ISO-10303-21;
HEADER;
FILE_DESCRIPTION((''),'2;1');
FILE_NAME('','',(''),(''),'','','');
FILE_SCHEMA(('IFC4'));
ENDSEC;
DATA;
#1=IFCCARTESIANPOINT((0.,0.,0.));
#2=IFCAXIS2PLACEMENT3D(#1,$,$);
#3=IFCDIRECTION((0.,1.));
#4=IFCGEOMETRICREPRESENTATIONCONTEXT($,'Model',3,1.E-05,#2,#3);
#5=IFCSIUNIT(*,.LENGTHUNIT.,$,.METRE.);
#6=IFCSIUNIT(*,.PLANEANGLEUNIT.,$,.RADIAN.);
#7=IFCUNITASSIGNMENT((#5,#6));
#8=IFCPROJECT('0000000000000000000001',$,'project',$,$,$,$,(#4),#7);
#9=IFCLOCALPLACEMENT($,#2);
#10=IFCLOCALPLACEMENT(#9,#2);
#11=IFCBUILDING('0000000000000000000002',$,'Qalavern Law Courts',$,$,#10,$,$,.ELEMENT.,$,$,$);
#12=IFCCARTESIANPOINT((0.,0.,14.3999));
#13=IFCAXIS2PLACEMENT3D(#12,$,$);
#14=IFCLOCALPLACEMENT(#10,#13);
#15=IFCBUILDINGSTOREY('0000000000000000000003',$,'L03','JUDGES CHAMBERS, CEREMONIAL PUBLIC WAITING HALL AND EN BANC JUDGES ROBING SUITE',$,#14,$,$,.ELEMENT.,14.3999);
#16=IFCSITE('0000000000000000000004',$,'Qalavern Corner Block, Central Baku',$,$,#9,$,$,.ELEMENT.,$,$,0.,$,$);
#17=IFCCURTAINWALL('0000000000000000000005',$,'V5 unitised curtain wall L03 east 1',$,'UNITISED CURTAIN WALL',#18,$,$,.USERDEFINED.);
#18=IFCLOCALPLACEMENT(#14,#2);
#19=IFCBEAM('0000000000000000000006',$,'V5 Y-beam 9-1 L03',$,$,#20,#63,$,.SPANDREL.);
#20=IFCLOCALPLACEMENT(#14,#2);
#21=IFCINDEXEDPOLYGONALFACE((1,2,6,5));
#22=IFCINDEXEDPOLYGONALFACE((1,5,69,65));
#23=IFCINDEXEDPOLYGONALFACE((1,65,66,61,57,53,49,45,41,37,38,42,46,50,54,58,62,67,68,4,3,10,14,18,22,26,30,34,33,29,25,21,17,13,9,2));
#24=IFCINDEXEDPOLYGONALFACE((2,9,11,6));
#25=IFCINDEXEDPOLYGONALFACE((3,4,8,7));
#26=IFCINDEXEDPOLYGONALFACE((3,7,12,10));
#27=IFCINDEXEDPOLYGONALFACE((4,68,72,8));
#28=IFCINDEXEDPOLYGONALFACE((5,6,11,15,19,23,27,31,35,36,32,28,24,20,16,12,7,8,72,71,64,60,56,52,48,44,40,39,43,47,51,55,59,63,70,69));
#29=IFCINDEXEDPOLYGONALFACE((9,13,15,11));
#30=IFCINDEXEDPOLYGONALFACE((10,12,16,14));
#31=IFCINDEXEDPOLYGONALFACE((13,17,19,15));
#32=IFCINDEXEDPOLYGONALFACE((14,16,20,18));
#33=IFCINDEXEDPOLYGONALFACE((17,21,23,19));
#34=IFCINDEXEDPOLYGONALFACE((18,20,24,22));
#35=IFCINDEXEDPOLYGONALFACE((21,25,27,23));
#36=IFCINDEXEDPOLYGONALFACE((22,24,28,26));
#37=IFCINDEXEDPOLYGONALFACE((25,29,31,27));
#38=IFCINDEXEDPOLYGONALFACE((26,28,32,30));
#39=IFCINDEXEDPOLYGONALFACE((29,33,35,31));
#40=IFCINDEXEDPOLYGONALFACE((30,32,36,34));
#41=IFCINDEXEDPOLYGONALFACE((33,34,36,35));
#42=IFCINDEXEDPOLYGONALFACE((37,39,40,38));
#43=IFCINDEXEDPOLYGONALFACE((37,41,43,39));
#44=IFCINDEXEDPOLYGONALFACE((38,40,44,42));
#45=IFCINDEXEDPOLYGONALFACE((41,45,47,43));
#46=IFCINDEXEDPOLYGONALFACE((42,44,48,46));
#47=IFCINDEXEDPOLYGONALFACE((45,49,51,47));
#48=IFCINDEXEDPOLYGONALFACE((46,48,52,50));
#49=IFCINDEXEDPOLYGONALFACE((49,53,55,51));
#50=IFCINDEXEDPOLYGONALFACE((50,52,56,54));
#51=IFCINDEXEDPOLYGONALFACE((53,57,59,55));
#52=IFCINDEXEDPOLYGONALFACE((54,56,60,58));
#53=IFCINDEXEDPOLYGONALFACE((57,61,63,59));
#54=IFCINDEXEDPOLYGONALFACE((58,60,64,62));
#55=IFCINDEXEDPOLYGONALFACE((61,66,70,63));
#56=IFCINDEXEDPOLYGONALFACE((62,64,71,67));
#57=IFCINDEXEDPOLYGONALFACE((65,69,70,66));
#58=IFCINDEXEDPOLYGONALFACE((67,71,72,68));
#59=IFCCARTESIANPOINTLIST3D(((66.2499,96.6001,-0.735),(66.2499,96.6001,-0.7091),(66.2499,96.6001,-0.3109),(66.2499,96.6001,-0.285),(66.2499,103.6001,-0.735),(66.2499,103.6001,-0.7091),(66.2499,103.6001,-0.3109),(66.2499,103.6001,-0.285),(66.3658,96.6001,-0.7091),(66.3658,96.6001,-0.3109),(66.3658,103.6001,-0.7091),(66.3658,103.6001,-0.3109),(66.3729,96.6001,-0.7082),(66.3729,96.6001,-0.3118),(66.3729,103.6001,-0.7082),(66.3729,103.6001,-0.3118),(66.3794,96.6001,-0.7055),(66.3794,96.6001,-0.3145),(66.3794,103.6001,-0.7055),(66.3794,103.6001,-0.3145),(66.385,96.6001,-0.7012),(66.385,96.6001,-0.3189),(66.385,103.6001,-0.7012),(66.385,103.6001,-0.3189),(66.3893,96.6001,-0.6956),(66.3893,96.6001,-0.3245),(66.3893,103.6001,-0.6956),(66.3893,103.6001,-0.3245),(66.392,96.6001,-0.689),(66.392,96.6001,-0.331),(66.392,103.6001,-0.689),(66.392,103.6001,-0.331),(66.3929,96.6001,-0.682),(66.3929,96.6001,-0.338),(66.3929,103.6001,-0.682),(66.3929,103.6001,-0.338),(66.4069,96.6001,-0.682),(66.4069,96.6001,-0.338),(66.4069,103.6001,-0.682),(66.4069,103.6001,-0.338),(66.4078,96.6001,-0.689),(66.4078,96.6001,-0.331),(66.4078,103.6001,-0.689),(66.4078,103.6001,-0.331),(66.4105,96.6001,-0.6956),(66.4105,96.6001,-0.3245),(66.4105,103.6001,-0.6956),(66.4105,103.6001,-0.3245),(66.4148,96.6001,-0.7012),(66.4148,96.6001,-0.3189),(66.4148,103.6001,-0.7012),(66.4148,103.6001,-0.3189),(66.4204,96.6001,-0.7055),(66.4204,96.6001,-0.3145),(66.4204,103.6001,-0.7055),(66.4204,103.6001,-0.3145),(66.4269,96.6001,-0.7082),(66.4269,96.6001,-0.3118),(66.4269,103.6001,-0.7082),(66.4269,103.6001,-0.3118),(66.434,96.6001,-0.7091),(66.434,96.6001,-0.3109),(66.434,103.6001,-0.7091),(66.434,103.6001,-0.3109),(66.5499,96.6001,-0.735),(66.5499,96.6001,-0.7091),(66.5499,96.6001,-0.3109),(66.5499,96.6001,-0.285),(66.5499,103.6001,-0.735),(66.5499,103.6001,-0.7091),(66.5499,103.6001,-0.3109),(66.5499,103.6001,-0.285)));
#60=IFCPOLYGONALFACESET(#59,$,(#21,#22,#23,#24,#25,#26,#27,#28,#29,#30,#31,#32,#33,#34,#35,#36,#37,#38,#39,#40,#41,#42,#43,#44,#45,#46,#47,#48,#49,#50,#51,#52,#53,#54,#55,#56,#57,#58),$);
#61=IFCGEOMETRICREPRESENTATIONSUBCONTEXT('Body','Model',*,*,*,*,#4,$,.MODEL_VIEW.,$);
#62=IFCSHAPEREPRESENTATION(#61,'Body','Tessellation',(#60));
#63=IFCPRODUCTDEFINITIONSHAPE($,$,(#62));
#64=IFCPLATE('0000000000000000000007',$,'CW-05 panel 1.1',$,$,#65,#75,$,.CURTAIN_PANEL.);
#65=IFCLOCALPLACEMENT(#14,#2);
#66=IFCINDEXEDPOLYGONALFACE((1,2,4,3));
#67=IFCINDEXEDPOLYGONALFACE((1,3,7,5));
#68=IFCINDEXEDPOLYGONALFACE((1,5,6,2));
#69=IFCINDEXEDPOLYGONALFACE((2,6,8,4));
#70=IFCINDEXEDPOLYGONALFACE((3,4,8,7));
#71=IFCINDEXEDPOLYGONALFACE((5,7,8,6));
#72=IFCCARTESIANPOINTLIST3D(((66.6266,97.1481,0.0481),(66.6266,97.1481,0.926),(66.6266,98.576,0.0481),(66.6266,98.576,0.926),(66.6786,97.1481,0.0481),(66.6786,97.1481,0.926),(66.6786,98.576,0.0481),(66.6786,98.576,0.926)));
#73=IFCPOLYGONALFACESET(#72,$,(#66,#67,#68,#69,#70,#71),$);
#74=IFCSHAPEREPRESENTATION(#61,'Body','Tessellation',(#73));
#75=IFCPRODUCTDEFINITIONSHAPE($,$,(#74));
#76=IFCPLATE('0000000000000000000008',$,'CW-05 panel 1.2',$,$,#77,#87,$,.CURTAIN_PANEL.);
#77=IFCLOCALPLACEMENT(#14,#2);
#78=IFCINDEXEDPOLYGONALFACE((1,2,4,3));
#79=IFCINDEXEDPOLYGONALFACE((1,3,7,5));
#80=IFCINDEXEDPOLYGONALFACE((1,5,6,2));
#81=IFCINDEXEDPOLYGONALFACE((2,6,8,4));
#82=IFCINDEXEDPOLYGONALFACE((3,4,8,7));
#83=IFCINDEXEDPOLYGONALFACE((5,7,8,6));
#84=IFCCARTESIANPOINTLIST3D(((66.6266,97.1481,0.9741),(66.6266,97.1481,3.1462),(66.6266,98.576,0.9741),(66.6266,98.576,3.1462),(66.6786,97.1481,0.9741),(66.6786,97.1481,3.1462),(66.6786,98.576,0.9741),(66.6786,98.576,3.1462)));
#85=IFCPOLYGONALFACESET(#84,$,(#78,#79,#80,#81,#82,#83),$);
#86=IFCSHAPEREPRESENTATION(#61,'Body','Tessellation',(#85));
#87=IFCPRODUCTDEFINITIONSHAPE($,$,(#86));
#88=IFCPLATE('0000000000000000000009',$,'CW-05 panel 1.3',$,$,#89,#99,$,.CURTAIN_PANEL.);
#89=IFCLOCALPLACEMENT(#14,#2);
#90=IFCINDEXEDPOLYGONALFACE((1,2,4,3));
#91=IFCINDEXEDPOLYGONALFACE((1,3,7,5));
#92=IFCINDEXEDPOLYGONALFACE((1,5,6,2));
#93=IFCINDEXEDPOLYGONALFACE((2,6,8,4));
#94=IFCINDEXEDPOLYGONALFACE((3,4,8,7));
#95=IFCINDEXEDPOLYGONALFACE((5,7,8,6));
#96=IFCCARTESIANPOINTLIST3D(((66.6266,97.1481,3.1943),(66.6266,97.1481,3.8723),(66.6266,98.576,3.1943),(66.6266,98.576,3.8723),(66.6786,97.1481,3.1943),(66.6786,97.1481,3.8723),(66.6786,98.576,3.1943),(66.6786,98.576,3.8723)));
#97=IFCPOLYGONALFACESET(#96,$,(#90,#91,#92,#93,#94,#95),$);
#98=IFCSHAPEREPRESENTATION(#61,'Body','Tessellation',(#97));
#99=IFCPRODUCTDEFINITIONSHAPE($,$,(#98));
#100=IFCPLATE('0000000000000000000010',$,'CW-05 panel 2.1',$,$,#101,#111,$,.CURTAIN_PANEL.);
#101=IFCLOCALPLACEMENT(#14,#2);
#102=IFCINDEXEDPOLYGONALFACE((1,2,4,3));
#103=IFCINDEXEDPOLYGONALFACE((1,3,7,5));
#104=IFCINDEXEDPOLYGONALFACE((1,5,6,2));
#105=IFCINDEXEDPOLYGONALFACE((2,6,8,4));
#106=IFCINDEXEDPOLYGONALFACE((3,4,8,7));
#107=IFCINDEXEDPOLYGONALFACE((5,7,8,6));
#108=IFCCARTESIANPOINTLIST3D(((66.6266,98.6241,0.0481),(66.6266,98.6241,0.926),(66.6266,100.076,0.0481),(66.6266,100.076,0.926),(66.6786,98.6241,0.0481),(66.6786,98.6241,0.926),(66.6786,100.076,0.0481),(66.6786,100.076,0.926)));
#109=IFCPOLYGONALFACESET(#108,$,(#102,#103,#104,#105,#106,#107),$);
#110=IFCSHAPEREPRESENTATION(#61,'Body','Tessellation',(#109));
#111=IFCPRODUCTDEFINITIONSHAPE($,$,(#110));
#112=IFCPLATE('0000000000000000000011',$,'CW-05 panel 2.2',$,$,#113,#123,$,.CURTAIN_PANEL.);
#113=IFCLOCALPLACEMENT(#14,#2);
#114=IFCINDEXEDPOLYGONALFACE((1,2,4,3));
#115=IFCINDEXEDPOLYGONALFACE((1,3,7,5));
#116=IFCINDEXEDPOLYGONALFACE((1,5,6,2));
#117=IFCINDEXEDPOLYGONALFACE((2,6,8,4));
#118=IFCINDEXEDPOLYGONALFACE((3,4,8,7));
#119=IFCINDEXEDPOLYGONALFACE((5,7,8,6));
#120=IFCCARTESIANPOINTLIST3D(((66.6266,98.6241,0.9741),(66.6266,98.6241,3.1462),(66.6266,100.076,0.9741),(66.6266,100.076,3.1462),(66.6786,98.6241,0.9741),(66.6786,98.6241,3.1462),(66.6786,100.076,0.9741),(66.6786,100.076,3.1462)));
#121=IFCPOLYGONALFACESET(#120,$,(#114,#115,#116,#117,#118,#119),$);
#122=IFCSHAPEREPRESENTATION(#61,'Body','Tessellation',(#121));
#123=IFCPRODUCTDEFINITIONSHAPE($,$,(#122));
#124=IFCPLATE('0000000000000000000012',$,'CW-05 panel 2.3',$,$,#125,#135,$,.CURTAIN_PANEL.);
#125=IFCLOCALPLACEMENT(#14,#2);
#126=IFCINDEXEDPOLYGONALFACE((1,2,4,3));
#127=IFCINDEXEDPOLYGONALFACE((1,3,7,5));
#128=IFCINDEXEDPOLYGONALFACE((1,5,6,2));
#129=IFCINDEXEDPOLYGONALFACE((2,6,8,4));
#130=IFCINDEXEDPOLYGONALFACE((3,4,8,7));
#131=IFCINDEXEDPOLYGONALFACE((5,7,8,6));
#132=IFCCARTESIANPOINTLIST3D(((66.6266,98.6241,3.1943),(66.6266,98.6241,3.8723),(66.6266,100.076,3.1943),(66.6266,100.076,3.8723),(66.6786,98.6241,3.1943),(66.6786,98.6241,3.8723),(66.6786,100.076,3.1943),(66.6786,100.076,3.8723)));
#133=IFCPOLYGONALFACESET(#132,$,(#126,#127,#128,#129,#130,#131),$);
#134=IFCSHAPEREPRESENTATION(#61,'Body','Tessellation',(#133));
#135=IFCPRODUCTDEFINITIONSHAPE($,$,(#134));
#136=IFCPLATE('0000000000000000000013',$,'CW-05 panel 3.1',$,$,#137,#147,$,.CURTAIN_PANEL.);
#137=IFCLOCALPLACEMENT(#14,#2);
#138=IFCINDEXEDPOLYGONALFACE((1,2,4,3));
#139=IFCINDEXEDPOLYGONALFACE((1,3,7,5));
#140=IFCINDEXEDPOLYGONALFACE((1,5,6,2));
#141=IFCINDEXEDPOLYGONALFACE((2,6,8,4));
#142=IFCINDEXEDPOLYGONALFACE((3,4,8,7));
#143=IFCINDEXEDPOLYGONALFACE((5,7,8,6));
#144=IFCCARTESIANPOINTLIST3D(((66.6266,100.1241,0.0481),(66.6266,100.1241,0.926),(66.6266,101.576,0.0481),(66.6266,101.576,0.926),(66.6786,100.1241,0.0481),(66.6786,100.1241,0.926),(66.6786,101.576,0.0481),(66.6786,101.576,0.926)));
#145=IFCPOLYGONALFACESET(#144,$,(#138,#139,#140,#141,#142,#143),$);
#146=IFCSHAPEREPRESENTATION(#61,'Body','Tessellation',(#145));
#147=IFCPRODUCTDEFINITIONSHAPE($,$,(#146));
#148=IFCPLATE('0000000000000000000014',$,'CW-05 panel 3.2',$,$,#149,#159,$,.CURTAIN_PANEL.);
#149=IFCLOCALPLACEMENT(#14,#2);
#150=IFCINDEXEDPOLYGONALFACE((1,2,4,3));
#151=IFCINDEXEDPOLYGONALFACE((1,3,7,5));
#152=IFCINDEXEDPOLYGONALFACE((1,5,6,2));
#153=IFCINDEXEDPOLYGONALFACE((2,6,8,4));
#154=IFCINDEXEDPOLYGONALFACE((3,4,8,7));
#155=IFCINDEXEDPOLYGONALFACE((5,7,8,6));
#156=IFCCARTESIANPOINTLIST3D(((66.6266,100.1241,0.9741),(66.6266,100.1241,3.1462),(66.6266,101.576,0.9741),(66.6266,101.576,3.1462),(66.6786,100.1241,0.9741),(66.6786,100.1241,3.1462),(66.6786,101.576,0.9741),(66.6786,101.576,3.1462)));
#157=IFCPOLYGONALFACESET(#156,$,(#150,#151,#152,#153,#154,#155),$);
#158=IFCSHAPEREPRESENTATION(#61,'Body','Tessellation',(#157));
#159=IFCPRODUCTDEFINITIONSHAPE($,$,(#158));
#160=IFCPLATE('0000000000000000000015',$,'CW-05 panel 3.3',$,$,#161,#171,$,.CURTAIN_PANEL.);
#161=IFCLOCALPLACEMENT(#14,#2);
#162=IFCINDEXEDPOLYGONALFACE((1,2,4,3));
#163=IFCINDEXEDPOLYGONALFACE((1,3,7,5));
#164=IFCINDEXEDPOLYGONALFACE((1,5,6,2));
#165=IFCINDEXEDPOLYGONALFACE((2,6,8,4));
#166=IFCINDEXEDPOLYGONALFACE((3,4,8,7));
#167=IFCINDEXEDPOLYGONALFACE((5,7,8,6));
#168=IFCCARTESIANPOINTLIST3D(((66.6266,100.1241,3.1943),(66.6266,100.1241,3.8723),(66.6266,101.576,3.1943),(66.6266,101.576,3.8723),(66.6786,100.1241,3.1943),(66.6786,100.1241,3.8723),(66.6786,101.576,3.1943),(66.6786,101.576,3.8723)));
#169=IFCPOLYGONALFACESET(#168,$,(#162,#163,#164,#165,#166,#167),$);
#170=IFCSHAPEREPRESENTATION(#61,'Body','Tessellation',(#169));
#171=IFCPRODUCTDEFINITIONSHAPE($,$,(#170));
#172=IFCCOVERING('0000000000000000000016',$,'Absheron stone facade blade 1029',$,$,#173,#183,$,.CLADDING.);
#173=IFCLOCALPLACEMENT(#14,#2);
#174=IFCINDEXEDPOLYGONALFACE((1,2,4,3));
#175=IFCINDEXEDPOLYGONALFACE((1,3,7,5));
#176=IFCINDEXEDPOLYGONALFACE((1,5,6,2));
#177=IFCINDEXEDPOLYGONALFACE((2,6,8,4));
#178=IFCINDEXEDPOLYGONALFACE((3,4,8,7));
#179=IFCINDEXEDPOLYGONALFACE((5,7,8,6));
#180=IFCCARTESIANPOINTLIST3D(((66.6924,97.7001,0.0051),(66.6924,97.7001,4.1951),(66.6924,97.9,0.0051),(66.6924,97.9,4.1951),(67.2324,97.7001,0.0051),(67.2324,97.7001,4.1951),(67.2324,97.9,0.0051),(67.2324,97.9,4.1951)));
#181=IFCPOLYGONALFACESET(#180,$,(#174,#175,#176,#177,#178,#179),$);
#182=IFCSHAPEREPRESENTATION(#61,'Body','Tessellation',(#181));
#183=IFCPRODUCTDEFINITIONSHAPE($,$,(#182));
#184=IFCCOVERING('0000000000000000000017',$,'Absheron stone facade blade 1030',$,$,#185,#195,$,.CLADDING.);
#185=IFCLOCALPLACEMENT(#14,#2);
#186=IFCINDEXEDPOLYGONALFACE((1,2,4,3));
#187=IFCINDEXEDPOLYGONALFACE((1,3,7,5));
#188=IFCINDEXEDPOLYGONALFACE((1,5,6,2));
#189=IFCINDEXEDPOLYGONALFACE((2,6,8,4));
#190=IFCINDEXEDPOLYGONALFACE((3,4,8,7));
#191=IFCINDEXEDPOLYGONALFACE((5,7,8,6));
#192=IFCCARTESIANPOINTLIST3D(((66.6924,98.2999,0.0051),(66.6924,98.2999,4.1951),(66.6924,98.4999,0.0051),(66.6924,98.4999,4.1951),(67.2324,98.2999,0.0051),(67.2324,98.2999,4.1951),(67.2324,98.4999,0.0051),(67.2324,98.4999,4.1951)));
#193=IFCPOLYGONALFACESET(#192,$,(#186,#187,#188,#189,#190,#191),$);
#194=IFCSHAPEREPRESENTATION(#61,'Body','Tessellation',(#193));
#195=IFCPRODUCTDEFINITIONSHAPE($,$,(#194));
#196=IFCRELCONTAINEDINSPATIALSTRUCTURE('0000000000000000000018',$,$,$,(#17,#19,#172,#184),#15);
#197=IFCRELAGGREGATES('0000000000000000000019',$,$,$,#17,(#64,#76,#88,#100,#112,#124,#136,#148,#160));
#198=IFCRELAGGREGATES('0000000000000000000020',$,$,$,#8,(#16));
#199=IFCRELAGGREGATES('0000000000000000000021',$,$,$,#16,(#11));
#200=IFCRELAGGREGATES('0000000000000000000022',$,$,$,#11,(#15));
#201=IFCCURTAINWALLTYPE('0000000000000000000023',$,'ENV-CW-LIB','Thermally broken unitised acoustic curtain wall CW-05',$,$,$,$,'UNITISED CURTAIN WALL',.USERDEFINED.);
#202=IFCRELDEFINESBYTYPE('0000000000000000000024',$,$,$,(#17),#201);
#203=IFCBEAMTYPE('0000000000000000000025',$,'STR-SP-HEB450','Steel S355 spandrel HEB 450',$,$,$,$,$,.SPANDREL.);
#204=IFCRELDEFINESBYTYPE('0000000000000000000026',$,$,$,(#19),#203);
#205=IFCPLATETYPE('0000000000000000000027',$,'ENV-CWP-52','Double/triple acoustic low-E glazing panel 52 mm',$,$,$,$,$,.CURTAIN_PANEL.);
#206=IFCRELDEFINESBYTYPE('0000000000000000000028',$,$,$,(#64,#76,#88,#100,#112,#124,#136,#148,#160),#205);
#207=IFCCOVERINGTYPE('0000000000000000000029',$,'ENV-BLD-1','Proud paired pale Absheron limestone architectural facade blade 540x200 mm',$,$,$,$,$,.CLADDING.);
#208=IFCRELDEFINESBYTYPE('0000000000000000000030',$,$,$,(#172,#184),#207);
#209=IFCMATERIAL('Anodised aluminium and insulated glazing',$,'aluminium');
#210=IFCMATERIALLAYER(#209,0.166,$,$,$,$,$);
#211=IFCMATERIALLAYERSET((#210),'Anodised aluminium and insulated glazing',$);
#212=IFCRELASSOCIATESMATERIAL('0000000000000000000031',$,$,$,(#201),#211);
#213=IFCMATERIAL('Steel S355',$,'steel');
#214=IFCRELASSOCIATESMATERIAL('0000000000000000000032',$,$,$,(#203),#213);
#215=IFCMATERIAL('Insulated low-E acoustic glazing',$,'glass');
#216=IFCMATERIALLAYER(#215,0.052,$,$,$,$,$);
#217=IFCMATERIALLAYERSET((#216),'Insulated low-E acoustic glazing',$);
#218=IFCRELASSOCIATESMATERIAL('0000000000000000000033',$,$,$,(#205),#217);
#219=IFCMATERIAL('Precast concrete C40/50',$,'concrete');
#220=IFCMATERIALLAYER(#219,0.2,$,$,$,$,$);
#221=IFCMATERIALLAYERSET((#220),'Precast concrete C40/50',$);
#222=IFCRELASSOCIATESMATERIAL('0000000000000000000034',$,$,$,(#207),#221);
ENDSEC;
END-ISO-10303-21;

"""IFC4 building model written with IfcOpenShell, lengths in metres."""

from ifc_helpers import new_model, si_unit, direction, frame, origin, origin_2d, place, context, subcontext, project, spatial, rectangle, i_section, extrude, material, layer, layer_set, material_profile, profile_set, type_object, element, aggregate, save


model = new_model("IFC4")

# Units and contexts
model_context = context("Model", 3, precision=1e-05, world=origin(), true_north=direction((0.0, 1.0)))
body_context = subcontext(model_context, "Body", "Model", "MODEL_VIEW")
ifc_project = project(units=[si_unit("LENGTHUNIT", "METRE"), si_unit("PLANEANGLEUNIT", "RADIAN")], contexts=[model_context])

# Site, building, storey
site_placement = place(None, origin())
site = spatial("IfcSite", under=ifc_project, at=site_placement, Name="Qalavern Corner Block, Central Baku", CompositionType="ELEMENT", RefElevation=0.0)
building_placement = place(site_placement, origin())
building = spatial("IfcBuilding", under=site, at=building_placement, Name="Qalavern Law Courts", CompositionType="ELEMENT")
storey_placement = place(building_placement, frame((0.0, 0.0, 14.3999)))
storey = spatial("IfcBuildingStorey", under=building, at=storey_placement, Name="L03", Description="JUDGES CHAMBERS, CEREMONIAL PUBLIC WAITING HALL AND EN BANC JUDGES ROBING SUITE", CompositionType="ELEMENT", Elevation=14.3999)

# Curtain wall
ifc_material_1 = material(Name="Anodised aluminium and insulated glazing", Category="aluminium")
ifc_layer_1 = layer(ifc_material_1, 0.166)
ifc_layer_set_1 = layer_set([ifc_layer_1], Name="Anodised aluminium and insulated glazing")
curtain_wall_type = type_object("IfcCurtainWallType", Name="ENV-CW-LIB", Description="Thermally broken unitised acoustic curtain wall CW-05", ElementType="UNITISED CURTAIN WALL", PredefinedType="USERDEFINED", material=ifc_layer_set_1)
curtain_wall_placement = place(storey_placement, origin())
curtain_wall = element("IfcCurtainWall", 1, at=curtain_wall_placement, inside=storey, type_object=curtain_wall_type, Name="V5 unitised curtain wall L03 east 1", ObjectType="UNITISED CURTAIN WALL", PredefinedType="USERDEFINED")

# Beam
ifc_material_2 = material(Name="Steel S355", Category="steel")
ifc_material_profile_1 = material_profile(ifc_material_2, i_section(OverallWidth=0.3, OverallDepth=0.45, WebThickness=0.0139, FlangeThickness=0.0259, FilletRadius=0.0271, at=origin_2d()), Name="HEB 450")
ifc_profile_set_1 = profile_set([ifc_material_profile_1], Name="Steel S355")
beam_type = type_object("IfcBeamType", Name="STR-SP-HEB450", Description="Steel S355 spandrel HEB 450", PredefinedType="SPANDREL", material=ifc_profile_set_1)
beam_placement = place(storey_placement, frame((66.3999, 96.6001, -0.51), z_axis=(0.0, 1.0, 0.0), x_axis=(-1.0, 0.0, 0.0)))
element("IfcBeam", 2, at=beam_placement, inside=storey, type_object=beam_type, Name="V5 Y-beam 9-1 L03", PredefinedType="SPANDREL", context=body_context, shape_type="SweptSolid", body=[
    extrude(i_section(OverallWidth=0.3, OverallDepth=0.45, WebThickness=0.0139, FlangeThickness=0.0259, FilletRadius=0.0271, at=origin_2d()), origin(), (0.0, 0.0, 1.0), 7.0),
])

# Plates
ifc_material_3 = material(Name="Insulated low-E acoustic glazing", Category="glass")
ifc_layer_2 = layer(ifc_material_3, 0.052)
ifc_layer_set_2 = layer_set([ifc_layer_2], Name="Insulated low-E acoustic glazing")
plate_type = type_object("IfcPlateType", Name="ENV-CWP-52", Description="Double/triple acoustic low-E glazing panel 52 mm", PredefinedType="CURTAIN_PANEL", material=ifc_layer_set_2)
plate_1_placement = place(storey_placement, frame((66.6526, 97.8621, 0.0481), z_axis=(0.0, 0.0, 1.0), x_axis=(0.0, 1.0, 0.0)))
plate_1 = element("IfcPlate", 3, at=plate_1_placement, type_object=plate_type, Name="CW-05 panel 1.1", PredefinedType="CURTAIN_PANEL", context=body_context, shape_type="SweptSolid", body=[
    extrude(rectangle(XDim=1.428, YDim=0.052, at=origin_2d()), origin(), (0.0, 0.0, 1.0), 0.8779),
])
plate_2_placement = place(storey_placement, frame((66.6526, 97.8621, 0.9741), z_axis=(0.0, 0.0, 1.0), x_axis=(0.0, 1.0, 0.0)))
plate_2 = element("IfcPlate", 4, at=plate_2_placement, type_object=plate_type, Name="CW-05 panel 1.2", PredefinedType="CURTAIN_PANEL", context=body_context, shape_type="SweptSolid", body=[
    extrude(rectangle(XDim=1.428, YDim=0.052, at=origin_2d()), origin(), (0.0, 0.0, 1.0), 2.1721),
])
plate_3_placement = place(storey_placement, frame((66.6526, 97.8621, 3.1943), z_axis=(0.0, 0.0, 1.0), x_axis=(0.0, 1.0, 0.0)))
plate_3 = element("IfcPlate", 5, at=plate_3_placement, type_object=plate_type, Name="CW-05 panel 1.3", PredefinedType="CURTAIN_PANEL", context=body_context, shape_type="SweptSolid", body=[
    extrude(rectangle(XDim=1.428, YDim=0.052, at=origin_2d()), origin(), (0.0, 0.0, 1.0), 0.678),
])
plate_4_placement = place(storey_placement, frame((66.6526, 99.3501, 0.0481), z_axis=(0.0, 0.0, 1.0), x_axis=(0.0, 1.0, 0.0)))
plate_4 = element("IfcPlate", 6, at=plate_4_placement, type_object=plate_type, Name="CW-05 panel 2.1", PredefinedType="CURTAIN_PANEL", context=body_context, shape_type="SweptSolid", body=[
    extrude(rectangle(XDim=1.4519, YDim=0.052, at=origin_2d()), origin(), (0.0, 0.0, 1.0), 0.8779),
])
plate_5_placement = place(storey_placement, frame((66.6526, 99.3501, 0.9741), z_axis=(0.0, 0.0, 1.0), x_axis=(0.0, 1.0, 0.0)))
plate_5 = element("IfcPlate", 7, at=plate_5_placement, type_object=plate_type, Name="CW-05 panel 2.2", PredefinedType="CURTAIN_PANEL", context=body_context, shape_type="SweptSolid", body=[
    extrude(rectangle(XDim=1.4519, YDim=0.052, at=origin_2d()), origin(), (0.0, 0.0, 1.0), 2.1721),
])
plate_6_placement = place(storey_placement, frame((66.6526, 99.3501, 3.1943), z_axis=(0.0, 0.0, 1.0), x_axis=(0.0, 1.0, 0.0)))
plate_6 = element("IfcPlate", 8, at=plate_6_placement, type_object=plate_type, Name="CW-05 panel 2.3", PredefinedType="CURTAIN_PANEL", context=body_context, shape_type="SweptSolid", body=[
    extrude(rectangle(XDim=1.4519, YDim=0.052, at=origin_2d()), origin(), (0.0, 0.0, 1.0), 0.678),
])
plate_7_placement = place(storey_placement, frame((66.6526, 100.8501, 0.0481), z_axis=(0.0, 0.0, 1.0), x_axis=(0.0, 1.0, 0.0)))
plate_7 = element("IfcPlate", 9, at=plate_7_placement, type_object=plate_type, Name="CW-05 panel 3.1", PredefinedType="CURTAIN_PANEL", context=body_context, shape_type="SweptSolid", body=[
    extrude(rectangle(XDim=1.4519, YDim=0.052, at=origin_2d()), origin(), (0.0, 0.0, 1.0), 0.8779),
])
plate_8_placement = place(storey_placement, frame((66.6526, 100.8501, 0.9741), z_axis=(0.0, 0.0, 1.0), x_axis=(0.0, 1.0, 0.0)))
plate_8 = element("IfcPlate", 10, at=plate_8_placement, type_object=plate_type, Name="CW-05 panel 3.2", PredefinedType="CURTAIN_PANEL", context=body_context, shape_type="SweptSolid", body=[
    extrude(rectangle(XDim=1.4519, YDim=0.052, at=origin_2d()), origin(), (0.0, 0.0, 1.0), 2.1721),
])
plate_9_placement = place(storey_placement, frame((66.6526, 100.8501, 3.1943), z_axis=(0.0, 0.0, 1.0), x_axis=(0.0, 1.0, 0.0)))
plate_9 = element("IfcPlate", 11, at=plate_9_placement, type_object=plate_type, Name="CW-05 panel 3.3", PredefinedType="CURTAIN_PANEL", context=body_context, shape_type="SweptSolid", body=[
    extrude(rectangle(XDim=1.4519, YDim=0.052, at=origin_2d()), origin(), (0.0, 0.0, 1.0), 0.678),
])
aggregate(curtain_wall, [plate_1, plate_2, plate_3, plate_4, plate_5, plate_6, plate_7, plate_8, plate_9])

# Coverings
ifc_material_4 = material(Name="Precast concrete C40/50", Category="concrete")
ifc_layer_3 = layer(ifc_material_4, 0.2)
ifc_layer_set_3 = layer_set([ifc_layer_3], Name="Precast concrete C40/50")
covering_type_1 = type_object("IfcCoveringType", Name="ENV-BLD-1", Description="Proud paired pale Absheron limestone architectural facade blade 540x200 mm", PredefinedType="CLADDING", material=ifc_layer_set_3)
for number, where, z_axis, x_axis, name in (
    (12, (66.9624, 97.8, 0.0051), (0.0, 0.0, 1.0), (1.0, 0.0, 0.0), "Absheron stone facade blade 1029"),
    (13, (66.9624, 98.3999, 0.0051), (0.0, 0.0, 1.0), (1.0, 0.0, 0.0), "Absheron stone facade blade 1030"),
):
    element("IfcCovering", number, at=place(storey_placement, frame(where, z_axis=z_axis, x_axis=x_axis)), inside=storey, type_object=covering_type_1, Name=name, PredefinedType="CLADDING", context=body_context, shape_type="SweptSolid", body=[
        extrude(rectangle(XDim=0.54, YDim=0.2, at=origin_2d()), origin(), (0.0, 0.0, 1.0), 4.1899),
    ])

save(model, "model.ifc")
